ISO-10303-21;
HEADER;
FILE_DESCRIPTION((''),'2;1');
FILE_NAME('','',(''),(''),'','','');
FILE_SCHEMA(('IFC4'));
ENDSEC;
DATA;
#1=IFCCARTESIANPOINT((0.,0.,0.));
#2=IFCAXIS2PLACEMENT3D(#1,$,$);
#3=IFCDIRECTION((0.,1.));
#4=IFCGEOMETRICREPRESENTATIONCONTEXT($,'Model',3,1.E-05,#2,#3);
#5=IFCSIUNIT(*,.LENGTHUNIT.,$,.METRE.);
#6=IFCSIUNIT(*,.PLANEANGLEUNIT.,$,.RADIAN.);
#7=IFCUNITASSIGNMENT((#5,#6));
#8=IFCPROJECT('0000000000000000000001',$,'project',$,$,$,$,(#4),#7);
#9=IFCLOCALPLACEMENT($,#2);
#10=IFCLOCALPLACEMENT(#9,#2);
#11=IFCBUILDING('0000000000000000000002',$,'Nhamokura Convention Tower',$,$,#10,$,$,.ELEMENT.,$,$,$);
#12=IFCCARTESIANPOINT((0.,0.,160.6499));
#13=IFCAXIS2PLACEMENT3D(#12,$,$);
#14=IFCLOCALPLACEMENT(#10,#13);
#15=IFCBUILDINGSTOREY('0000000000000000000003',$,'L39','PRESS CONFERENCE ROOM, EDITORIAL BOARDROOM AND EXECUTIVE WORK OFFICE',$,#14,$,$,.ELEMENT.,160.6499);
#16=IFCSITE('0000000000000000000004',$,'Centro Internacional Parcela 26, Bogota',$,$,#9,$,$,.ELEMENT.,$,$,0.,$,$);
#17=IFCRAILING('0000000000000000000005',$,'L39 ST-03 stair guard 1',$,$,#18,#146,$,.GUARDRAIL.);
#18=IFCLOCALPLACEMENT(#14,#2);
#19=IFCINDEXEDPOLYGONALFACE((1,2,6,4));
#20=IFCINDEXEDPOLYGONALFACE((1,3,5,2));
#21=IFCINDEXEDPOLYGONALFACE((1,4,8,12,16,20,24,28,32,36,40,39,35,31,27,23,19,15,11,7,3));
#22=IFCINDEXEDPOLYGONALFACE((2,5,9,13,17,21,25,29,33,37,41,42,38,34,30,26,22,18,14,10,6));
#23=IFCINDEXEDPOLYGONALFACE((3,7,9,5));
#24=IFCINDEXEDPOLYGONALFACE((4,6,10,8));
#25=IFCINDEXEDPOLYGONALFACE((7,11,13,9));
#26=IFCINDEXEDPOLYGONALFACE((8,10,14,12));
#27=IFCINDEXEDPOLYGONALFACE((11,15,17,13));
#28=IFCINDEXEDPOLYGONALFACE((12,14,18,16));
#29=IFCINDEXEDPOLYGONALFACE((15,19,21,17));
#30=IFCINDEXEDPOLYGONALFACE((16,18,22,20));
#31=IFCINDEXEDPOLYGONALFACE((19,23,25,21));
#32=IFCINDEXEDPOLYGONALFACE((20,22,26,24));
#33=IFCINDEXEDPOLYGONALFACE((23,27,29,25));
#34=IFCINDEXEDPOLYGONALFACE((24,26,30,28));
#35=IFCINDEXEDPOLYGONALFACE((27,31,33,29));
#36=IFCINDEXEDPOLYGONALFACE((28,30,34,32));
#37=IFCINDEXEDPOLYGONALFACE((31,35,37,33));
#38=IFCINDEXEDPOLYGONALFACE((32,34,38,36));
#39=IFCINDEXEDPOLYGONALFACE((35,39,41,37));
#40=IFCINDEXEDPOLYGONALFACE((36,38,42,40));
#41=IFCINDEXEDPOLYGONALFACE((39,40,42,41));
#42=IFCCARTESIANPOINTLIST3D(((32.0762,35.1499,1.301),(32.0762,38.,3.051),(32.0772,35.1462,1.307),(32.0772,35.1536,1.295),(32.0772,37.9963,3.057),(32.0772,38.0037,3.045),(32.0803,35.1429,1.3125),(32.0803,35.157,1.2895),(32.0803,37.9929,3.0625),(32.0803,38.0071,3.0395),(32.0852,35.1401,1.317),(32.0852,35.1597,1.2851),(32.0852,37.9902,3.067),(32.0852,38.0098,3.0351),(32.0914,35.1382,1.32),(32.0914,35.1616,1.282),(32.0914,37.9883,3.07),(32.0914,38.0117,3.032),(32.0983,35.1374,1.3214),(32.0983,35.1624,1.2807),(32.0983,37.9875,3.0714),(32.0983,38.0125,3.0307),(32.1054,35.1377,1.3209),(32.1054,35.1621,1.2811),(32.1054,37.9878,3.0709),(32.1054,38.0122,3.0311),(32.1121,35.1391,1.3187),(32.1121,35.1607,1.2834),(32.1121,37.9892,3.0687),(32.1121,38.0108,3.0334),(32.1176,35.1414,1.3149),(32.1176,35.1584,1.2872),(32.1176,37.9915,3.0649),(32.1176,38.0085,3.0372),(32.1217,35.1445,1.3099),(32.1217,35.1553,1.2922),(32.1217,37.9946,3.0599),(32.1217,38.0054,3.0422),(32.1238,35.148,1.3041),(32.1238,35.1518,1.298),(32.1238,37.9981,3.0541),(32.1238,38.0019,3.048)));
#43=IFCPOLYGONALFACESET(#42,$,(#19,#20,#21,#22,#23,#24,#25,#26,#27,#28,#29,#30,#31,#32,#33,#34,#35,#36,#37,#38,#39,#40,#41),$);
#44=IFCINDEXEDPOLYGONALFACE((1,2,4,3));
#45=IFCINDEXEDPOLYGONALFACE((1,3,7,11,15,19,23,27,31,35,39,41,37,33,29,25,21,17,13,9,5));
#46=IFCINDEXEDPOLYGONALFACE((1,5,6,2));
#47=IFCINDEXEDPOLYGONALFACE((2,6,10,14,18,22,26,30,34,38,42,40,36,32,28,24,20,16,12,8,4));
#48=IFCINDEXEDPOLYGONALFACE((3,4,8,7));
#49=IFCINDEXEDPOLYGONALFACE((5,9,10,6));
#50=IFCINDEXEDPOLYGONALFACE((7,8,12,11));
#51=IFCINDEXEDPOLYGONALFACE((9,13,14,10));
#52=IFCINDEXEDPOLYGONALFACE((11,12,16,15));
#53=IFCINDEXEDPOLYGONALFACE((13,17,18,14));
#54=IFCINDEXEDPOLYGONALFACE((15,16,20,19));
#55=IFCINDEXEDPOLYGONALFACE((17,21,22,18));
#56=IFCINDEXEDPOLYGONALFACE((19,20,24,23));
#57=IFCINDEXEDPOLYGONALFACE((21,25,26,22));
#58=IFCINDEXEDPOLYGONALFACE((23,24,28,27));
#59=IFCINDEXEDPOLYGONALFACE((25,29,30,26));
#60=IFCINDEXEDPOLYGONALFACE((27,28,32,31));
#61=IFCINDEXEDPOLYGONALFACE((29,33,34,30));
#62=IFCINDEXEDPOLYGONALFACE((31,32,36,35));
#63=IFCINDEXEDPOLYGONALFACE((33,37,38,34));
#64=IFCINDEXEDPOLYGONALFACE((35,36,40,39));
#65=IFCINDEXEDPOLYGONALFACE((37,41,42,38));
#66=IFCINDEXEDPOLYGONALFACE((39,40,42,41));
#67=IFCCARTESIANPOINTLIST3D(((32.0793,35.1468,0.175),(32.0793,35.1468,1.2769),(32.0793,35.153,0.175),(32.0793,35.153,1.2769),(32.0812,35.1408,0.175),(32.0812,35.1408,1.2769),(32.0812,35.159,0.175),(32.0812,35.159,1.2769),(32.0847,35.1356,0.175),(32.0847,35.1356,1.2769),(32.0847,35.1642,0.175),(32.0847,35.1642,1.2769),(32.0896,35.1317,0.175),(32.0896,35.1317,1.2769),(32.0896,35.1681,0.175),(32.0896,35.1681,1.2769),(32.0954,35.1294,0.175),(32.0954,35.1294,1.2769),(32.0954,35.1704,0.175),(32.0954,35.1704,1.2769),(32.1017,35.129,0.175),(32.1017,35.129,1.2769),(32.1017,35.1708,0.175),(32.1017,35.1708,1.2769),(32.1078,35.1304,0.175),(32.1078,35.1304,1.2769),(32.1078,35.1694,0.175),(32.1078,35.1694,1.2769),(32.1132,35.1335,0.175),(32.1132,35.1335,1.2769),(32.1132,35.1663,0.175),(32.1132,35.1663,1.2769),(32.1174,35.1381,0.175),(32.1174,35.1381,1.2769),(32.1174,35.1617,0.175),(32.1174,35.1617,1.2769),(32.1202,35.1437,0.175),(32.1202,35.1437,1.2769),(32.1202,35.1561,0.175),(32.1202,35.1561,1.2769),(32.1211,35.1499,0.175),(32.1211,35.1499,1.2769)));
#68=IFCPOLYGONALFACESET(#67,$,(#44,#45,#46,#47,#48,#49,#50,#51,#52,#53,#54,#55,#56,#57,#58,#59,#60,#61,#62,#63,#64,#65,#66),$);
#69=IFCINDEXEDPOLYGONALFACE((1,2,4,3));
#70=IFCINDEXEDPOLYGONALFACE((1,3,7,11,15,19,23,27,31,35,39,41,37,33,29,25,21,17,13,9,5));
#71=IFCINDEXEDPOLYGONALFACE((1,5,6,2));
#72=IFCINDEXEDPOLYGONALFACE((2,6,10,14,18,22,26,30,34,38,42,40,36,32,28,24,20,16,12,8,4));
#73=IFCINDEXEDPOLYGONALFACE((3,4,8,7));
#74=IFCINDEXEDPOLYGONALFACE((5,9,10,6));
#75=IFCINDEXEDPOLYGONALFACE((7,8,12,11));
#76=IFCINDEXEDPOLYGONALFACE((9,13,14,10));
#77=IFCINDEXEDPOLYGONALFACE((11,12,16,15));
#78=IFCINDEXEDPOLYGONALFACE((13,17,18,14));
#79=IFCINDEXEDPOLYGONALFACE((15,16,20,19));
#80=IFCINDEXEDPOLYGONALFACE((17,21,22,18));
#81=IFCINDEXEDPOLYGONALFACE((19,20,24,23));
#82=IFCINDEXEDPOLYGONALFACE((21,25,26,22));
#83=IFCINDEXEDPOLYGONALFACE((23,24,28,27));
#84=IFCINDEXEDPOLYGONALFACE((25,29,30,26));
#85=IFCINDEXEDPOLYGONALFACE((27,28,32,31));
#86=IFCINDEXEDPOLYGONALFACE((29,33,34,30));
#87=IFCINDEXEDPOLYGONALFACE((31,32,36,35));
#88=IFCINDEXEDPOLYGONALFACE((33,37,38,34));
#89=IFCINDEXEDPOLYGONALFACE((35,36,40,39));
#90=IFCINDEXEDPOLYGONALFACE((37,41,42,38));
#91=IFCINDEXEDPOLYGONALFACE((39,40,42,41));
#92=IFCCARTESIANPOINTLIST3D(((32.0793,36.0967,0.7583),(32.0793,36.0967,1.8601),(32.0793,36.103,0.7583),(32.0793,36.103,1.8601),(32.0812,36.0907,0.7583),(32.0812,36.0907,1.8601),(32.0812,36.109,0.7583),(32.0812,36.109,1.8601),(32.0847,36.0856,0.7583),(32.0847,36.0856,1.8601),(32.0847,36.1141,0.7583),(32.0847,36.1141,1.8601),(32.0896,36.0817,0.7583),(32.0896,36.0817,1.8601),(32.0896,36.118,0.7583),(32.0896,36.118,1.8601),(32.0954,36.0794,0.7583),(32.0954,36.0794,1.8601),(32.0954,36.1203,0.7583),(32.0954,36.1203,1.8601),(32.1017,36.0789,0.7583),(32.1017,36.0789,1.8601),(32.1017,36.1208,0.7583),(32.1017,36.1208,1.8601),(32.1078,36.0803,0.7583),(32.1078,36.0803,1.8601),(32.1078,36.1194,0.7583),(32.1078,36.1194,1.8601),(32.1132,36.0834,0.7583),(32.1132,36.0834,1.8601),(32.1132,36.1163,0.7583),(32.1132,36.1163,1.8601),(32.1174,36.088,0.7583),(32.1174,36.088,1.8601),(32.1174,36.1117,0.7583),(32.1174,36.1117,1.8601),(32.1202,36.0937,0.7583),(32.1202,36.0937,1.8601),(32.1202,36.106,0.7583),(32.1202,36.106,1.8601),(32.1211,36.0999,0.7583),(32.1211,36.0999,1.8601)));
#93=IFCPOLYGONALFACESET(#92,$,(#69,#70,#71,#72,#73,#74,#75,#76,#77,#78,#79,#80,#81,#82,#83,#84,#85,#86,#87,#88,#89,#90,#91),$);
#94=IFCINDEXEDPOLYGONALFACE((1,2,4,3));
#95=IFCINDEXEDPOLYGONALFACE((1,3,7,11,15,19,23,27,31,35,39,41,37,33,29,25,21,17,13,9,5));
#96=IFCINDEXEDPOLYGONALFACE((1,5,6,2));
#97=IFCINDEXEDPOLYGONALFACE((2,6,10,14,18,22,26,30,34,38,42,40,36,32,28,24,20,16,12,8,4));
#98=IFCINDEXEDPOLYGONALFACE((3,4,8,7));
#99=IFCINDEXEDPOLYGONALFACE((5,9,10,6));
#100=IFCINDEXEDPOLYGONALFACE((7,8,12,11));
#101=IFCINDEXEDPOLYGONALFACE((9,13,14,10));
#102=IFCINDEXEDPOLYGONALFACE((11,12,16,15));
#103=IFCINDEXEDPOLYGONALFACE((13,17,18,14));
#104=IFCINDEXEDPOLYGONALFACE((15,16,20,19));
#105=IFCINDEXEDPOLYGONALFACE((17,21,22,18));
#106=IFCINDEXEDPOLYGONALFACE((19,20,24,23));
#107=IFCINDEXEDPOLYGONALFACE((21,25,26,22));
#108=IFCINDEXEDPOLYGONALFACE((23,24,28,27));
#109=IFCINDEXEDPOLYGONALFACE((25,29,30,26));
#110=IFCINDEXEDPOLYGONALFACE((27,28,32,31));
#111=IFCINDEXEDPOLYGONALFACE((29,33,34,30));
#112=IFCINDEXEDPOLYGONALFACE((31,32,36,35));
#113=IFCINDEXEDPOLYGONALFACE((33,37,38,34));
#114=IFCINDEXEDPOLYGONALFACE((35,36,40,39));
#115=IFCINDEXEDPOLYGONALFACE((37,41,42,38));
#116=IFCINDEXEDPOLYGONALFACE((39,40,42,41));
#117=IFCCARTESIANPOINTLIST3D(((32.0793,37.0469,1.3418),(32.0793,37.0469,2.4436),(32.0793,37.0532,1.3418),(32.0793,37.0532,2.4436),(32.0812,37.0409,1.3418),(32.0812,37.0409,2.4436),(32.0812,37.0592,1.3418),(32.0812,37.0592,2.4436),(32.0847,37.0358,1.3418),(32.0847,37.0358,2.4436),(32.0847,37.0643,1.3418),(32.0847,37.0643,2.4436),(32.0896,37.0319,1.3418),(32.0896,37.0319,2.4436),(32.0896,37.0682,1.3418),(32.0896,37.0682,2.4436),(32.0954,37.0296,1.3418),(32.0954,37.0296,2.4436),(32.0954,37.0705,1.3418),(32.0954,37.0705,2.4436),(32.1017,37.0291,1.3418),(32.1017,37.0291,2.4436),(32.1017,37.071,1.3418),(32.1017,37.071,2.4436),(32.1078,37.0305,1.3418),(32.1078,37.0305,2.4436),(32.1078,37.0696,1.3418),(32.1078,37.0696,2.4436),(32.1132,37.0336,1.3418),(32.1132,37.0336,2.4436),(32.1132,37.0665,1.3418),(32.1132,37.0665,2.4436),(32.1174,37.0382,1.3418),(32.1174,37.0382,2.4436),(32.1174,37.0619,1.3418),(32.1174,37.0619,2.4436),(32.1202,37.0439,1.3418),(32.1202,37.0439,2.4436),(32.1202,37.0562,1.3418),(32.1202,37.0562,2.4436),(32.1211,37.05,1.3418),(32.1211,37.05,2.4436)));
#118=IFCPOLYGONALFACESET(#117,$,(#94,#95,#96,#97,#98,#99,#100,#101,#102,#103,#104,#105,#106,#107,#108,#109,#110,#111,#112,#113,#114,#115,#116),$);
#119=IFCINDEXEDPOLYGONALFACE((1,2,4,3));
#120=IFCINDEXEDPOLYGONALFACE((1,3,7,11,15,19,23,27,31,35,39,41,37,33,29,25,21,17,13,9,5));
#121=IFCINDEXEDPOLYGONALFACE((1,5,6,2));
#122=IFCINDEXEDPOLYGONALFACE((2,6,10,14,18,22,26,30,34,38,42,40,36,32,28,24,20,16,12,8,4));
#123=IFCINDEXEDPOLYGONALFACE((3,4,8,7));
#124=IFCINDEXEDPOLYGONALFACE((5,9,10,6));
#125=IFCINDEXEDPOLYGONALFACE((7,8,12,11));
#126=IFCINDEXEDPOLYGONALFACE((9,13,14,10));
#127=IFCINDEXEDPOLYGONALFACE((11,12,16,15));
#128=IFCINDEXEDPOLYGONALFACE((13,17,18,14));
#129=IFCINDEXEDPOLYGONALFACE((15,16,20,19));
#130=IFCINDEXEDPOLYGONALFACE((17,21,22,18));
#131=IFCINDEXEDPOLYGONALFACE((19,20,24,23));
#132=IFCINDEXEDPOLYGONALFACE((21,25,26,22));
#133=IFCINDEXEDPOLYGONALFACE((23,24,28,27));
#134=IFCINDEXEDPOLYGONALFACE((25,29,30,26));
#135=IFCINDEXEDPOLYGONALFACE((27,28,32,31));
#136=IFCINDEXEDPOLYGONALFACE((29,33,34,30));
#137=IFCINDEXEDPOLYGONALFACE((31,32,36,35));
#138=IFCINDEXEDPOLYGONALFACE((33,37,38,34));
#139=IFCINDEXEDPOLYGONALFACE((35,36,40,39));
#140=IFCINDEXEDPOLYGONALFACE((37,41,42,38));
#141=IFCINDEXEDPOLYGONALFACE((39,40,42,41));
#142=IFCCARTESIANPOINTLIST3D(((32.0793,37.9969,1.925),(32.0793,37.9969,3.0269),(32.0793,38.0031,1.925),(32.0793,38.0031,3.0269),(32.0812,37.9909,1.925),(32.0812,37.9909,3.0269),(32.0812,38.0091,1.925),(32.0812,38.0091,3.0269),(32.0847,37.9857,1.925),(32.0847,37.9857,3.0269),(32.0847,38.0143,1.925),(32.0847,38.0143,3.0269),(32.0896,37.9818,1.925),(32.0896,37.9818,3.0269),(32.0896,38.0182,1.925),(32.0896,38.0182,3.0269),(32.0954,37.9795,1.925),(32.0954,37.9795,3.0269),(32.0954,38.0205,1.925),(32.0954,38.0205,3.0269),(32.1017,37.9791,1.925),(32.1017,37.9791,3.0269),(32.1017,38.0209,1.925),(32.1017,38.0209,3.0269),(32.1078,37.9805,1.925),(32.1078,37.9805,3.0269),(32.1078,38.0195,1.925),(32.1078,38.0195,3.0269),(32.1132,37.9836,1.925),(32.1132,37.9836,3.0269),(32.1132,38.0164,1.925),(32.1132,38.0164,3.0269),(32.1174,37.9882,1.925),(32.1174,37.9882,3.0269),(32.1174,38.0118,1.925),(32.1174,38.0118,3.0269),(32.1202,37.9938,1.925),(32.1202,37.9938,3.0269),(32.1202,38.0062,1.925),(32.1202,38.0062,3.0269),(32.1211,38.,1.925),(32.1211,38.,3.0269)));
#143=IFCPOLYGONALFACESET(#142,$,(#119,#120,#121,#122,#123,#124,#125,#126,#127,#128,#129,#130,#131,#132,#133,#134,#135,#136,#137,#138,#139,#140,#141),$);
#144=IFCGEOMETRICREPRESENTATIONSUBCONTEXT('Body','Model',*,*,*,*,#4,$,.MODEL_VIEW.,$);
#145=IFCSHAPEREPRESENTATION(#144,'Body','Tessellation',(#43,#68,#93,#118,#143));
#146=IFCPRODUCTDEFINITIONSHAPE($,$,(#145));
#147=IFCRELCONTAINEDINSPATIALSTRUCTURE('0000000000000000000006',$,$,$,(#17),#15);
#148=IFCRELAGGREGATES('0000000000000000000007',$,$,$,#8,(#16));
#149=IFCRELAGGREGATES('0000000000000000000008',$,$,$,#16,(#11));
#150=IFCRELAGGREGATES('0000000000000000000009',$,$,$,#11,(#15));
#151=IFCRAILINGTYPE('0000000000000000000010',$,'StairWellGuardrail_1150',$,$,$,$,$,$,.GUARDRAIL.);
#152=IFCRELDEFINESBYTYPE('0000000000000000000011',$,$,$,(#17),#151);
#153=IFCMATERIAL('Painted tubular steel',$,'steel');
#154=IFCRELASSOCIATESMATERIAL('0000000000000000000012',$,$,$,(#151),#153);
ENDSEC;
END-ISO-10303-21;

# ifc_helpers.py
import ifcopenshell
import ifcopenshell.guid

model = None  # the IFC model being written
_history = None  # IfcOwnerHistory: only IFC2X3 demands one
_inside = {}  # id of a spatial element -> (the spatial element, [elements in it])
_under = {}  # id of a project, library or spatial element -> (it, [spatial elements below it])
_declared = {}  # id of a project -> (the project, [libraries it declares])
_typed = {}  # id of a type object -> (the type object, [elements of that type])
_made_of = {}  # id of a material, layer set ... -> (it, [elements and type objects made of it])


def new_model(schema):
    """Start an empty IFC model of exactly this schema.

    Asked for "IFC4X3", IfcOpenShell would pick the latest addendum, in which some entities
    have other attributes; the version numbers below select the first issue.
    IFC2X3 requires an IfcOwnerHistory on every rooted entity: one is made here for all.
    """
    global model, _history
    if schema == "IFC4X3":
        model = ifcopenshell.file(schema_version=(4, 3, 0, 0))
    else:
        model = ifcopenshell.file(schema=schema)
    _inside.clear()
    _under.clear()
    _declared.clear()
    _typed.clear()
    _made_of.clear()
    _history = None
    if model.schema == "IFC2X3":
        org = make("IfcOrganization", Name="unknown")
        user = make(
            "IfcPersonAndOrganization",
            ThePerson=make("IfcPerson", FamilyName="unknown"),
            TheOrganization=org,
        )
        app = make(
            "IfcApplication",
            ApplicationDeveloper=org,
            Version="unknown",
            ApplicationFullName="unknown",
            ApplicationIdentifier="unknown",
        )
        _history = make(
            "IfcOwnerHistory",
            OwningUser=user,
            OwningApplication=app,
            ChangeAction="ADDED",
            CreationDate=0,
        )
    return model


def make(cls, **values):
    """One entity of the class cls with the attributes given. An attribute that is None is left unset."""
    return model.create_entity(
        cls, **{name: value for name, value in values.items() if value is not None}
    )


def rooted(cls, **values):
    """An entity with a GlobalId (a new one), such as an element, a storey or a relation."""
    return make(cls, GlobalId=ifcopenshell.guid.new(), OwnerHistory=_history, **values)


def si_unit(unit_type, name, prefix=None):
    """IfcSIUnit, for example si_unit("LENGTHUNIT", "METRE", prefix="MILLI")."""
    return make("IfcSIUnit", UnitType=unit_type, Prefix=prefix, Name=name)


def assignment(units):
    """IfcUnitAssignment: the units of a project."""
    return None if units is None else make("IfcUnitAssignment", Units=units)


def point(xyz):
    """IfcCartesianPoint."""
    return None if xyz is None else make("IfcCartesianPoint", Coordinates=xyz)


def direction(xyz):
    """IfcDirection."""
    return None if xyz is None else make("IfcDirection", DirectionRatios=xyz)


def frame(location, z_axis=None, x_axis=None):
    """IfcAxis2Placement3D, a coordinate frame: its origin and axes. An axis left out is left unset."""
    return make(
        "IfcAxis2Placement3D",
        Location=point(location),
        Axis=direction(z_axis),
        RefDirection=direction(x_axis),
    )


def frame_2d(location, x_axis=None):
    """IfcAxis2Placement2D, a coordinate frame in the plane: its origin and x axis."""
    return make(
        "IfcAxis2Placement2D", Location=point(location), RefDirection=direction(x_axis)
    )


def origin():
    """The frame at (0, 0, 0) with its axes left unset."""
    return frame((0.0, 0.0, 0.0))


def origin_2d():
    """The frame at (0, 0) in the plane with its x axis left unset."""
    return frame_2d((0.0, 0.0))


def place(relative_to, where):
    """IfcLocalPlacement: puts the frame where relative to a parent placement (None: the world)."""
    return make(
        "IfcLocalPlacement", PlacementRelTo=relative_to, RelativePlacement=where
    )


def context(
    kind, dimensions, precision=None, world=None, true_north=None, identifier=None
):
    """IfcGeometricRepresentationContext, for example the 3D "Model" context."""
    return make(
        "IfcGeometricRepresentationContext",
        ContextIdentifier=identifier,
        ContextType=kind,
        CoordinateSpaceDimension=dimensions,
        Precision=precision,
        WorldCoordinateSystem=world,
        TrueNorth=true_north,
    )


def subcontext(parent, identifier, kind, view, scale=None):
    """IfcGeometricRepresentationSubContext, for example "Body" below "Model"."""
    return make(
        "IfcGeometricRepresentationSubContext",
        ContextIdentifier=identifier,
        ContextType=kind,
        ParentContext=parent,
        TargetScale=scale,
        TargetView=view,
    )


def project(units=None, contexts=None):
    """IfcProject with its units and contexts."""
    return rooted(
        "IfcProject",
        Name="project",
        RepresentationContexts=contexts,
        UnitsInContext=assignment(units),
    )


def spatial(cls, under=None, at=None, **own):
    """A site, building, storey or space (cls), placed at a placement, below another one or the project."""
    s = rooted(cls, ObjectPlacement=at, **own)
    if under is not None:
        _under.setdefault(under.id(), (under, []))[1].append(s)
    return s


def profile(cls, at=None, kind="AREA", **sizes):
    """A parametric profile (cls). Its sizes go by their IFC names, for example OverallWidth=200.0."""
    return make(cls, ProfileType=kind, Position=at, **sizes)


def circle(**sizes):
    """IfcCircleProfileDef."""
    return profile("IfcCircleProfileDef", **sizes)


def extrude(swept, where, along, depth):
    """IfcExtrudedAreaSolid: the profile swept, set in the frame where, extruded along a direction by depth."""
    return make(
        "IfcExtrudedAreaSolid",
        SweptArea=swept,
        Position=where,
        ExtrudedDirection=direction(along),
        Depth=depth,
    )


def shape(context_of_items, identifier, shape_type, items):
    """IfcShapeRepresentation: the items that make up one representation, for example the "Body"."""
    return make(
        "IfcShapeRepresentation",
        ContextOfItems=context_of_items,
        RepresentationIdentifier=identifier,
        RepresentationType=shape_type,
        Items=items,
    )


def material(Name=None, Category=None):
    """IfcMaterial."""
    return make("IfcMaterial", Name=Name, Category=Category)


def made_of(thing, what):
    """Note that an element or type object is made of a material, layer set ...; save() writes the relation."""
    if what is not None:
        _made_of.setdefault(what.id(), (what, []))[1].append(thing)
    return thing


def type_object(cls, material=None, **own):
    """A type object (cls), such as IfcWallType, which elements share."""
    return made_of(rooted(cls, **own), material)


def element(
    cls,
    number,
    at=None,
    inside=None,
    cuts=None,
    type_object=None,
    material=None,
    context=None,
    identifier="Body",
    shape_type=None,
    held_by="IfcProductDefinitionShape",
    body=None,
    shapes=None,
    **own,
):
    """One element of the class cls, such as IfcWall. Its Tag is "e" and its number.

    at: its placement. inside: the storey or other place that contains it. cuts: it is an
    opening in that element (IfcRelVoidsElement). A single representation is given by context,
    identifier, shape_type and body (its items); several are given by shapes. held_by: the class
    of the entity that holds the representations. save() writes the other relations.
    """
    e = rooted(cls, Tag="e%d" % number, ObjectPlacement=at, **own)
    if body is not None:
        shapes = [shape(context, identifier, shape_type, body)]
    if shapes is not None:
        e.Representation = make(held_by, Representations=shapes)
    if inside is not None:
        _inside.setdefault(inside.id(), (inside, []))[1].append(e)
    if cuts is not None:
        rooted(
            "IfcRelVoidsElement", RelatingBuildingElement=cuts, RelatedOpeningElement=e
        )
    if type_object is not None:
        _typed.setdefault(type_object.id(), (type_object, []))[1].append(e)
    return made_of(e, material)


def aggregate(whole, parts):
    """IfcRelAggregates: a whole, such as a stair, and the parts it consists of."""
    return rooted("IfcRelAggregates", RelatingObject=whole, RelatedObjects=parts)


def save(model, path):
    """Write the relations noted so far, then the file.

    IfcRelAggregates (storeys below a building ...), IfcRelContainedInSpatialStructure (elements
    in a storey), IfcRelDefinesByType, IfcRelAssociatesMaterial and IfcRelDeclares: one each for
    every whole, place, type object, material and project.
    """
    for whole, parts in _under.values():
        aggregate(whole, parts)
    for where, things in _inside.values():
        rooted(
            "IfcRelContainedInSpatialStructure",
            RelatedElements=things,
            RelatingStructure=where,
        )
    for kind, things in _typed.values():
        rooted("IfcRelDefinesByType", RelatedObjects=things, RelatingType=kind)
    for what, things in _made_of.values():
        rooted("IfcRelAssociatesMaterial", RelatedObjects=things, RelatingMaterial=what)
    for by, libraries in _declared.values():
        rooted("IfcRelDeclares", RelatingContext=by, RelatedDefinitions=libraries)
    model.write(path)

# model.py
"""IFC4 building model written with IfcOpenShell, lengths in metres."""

from ifc_helpers import new_model, si_unit, direction, frame, origin, origin_2d, place, context, subcontext, project, spatial, circle, extrude, material, type_object, element, save


model = new_model("IFC4")

# Units and contexts
model_context = context("Model", 3, precision=1e-05, world=origin(), true_north=direction((0.0, 1.0)))
body_context = subcontext(model_context, "Body", "Model", "MODEL_VIEW")
ifc_project = project(units=[si_unit("LENGTHUNIT", "METRE"), si_unit("PLANEANGLEUNIT", "RADIAN")], contexts=[model_context])

# Site, building, storey
site_placement = place(None, origin())
site = spatial("IfcSite", under=ifc_project, at=site_placement, Name="Centro Internacional Parcela 26, Bogota", CompositionType="ELEMENT", RefElevation=0.0)
building_placement = place(site_placement, origin())
building = spatial("IfcBuilding", under=site, at=building_placement, Name="Nhamokura Convention Tower", CompositionType="ELEMENT")
storey_placement = place(building_placement, frame((0.0, 0.0, 160.6499)))
storey = spatial("IfcBuildingStorey", under=building, at=storey_placement, Name="L39", Description="PRESS CONFERENCE ROOM, EDITORIAL BOARDROOM AND EXECUTIVE WORK OFFICE", CompositionType="ELEMENT", Elevation=160.6499)

# Railing
ifc_material_1 = material(Name="Painted tubular steel", Category="steel")
railing_type_1 = type_object("IfcRailingType", Name="StairWellGuardrail_1150", PredefinedType="GUARDRAIL", material=ifc_material_1)
railing_1_placement = place(storey_placement, frame((32.1001, 35.1499, 0.175)))
element("IfcRailing", 1, at=railing_1_placement, inside=storey, type_object=railing_type_1, Name="L39 ST-03 stair guard 1", PredefinedType="GUARDRAIL", context=body_context, shape_type="SweptSolid", body=[
    extrude(circle(Radius=0.0239, at=origin_2d()), frame((0.0, 0.0, 1.126), z_axis=(0.0, 0.852179, 0.52325), x_axis=(-1.0, 0.0, 0.0)), (0.0, 0.0, 1.0), 3.3445),
    extrude(circle(Radius=0.021, at=origin_2d()), origin(), (0.0, 0.0, 1.0), 1.1018),
    extrude(circle(Radius=0.021, at=origin_2d()), frame((0.0, 0.95, 0.5833)), (0.0, 0.0, 1.0), 1.1018),
    extrude(circle(Radius=0.021, at=origin_2d()), frame((0.0, 1.9001, 1.1667)), (0.0, 0.0, 1.0), 1.1018),
    extrude(circle(Radius=0.021, at=origin_2d()), frame((0.0, 2.8501, 1.75)), (0.0, 0.0, 1.0), 1.1018),
])

save(model, "model.ifc")
